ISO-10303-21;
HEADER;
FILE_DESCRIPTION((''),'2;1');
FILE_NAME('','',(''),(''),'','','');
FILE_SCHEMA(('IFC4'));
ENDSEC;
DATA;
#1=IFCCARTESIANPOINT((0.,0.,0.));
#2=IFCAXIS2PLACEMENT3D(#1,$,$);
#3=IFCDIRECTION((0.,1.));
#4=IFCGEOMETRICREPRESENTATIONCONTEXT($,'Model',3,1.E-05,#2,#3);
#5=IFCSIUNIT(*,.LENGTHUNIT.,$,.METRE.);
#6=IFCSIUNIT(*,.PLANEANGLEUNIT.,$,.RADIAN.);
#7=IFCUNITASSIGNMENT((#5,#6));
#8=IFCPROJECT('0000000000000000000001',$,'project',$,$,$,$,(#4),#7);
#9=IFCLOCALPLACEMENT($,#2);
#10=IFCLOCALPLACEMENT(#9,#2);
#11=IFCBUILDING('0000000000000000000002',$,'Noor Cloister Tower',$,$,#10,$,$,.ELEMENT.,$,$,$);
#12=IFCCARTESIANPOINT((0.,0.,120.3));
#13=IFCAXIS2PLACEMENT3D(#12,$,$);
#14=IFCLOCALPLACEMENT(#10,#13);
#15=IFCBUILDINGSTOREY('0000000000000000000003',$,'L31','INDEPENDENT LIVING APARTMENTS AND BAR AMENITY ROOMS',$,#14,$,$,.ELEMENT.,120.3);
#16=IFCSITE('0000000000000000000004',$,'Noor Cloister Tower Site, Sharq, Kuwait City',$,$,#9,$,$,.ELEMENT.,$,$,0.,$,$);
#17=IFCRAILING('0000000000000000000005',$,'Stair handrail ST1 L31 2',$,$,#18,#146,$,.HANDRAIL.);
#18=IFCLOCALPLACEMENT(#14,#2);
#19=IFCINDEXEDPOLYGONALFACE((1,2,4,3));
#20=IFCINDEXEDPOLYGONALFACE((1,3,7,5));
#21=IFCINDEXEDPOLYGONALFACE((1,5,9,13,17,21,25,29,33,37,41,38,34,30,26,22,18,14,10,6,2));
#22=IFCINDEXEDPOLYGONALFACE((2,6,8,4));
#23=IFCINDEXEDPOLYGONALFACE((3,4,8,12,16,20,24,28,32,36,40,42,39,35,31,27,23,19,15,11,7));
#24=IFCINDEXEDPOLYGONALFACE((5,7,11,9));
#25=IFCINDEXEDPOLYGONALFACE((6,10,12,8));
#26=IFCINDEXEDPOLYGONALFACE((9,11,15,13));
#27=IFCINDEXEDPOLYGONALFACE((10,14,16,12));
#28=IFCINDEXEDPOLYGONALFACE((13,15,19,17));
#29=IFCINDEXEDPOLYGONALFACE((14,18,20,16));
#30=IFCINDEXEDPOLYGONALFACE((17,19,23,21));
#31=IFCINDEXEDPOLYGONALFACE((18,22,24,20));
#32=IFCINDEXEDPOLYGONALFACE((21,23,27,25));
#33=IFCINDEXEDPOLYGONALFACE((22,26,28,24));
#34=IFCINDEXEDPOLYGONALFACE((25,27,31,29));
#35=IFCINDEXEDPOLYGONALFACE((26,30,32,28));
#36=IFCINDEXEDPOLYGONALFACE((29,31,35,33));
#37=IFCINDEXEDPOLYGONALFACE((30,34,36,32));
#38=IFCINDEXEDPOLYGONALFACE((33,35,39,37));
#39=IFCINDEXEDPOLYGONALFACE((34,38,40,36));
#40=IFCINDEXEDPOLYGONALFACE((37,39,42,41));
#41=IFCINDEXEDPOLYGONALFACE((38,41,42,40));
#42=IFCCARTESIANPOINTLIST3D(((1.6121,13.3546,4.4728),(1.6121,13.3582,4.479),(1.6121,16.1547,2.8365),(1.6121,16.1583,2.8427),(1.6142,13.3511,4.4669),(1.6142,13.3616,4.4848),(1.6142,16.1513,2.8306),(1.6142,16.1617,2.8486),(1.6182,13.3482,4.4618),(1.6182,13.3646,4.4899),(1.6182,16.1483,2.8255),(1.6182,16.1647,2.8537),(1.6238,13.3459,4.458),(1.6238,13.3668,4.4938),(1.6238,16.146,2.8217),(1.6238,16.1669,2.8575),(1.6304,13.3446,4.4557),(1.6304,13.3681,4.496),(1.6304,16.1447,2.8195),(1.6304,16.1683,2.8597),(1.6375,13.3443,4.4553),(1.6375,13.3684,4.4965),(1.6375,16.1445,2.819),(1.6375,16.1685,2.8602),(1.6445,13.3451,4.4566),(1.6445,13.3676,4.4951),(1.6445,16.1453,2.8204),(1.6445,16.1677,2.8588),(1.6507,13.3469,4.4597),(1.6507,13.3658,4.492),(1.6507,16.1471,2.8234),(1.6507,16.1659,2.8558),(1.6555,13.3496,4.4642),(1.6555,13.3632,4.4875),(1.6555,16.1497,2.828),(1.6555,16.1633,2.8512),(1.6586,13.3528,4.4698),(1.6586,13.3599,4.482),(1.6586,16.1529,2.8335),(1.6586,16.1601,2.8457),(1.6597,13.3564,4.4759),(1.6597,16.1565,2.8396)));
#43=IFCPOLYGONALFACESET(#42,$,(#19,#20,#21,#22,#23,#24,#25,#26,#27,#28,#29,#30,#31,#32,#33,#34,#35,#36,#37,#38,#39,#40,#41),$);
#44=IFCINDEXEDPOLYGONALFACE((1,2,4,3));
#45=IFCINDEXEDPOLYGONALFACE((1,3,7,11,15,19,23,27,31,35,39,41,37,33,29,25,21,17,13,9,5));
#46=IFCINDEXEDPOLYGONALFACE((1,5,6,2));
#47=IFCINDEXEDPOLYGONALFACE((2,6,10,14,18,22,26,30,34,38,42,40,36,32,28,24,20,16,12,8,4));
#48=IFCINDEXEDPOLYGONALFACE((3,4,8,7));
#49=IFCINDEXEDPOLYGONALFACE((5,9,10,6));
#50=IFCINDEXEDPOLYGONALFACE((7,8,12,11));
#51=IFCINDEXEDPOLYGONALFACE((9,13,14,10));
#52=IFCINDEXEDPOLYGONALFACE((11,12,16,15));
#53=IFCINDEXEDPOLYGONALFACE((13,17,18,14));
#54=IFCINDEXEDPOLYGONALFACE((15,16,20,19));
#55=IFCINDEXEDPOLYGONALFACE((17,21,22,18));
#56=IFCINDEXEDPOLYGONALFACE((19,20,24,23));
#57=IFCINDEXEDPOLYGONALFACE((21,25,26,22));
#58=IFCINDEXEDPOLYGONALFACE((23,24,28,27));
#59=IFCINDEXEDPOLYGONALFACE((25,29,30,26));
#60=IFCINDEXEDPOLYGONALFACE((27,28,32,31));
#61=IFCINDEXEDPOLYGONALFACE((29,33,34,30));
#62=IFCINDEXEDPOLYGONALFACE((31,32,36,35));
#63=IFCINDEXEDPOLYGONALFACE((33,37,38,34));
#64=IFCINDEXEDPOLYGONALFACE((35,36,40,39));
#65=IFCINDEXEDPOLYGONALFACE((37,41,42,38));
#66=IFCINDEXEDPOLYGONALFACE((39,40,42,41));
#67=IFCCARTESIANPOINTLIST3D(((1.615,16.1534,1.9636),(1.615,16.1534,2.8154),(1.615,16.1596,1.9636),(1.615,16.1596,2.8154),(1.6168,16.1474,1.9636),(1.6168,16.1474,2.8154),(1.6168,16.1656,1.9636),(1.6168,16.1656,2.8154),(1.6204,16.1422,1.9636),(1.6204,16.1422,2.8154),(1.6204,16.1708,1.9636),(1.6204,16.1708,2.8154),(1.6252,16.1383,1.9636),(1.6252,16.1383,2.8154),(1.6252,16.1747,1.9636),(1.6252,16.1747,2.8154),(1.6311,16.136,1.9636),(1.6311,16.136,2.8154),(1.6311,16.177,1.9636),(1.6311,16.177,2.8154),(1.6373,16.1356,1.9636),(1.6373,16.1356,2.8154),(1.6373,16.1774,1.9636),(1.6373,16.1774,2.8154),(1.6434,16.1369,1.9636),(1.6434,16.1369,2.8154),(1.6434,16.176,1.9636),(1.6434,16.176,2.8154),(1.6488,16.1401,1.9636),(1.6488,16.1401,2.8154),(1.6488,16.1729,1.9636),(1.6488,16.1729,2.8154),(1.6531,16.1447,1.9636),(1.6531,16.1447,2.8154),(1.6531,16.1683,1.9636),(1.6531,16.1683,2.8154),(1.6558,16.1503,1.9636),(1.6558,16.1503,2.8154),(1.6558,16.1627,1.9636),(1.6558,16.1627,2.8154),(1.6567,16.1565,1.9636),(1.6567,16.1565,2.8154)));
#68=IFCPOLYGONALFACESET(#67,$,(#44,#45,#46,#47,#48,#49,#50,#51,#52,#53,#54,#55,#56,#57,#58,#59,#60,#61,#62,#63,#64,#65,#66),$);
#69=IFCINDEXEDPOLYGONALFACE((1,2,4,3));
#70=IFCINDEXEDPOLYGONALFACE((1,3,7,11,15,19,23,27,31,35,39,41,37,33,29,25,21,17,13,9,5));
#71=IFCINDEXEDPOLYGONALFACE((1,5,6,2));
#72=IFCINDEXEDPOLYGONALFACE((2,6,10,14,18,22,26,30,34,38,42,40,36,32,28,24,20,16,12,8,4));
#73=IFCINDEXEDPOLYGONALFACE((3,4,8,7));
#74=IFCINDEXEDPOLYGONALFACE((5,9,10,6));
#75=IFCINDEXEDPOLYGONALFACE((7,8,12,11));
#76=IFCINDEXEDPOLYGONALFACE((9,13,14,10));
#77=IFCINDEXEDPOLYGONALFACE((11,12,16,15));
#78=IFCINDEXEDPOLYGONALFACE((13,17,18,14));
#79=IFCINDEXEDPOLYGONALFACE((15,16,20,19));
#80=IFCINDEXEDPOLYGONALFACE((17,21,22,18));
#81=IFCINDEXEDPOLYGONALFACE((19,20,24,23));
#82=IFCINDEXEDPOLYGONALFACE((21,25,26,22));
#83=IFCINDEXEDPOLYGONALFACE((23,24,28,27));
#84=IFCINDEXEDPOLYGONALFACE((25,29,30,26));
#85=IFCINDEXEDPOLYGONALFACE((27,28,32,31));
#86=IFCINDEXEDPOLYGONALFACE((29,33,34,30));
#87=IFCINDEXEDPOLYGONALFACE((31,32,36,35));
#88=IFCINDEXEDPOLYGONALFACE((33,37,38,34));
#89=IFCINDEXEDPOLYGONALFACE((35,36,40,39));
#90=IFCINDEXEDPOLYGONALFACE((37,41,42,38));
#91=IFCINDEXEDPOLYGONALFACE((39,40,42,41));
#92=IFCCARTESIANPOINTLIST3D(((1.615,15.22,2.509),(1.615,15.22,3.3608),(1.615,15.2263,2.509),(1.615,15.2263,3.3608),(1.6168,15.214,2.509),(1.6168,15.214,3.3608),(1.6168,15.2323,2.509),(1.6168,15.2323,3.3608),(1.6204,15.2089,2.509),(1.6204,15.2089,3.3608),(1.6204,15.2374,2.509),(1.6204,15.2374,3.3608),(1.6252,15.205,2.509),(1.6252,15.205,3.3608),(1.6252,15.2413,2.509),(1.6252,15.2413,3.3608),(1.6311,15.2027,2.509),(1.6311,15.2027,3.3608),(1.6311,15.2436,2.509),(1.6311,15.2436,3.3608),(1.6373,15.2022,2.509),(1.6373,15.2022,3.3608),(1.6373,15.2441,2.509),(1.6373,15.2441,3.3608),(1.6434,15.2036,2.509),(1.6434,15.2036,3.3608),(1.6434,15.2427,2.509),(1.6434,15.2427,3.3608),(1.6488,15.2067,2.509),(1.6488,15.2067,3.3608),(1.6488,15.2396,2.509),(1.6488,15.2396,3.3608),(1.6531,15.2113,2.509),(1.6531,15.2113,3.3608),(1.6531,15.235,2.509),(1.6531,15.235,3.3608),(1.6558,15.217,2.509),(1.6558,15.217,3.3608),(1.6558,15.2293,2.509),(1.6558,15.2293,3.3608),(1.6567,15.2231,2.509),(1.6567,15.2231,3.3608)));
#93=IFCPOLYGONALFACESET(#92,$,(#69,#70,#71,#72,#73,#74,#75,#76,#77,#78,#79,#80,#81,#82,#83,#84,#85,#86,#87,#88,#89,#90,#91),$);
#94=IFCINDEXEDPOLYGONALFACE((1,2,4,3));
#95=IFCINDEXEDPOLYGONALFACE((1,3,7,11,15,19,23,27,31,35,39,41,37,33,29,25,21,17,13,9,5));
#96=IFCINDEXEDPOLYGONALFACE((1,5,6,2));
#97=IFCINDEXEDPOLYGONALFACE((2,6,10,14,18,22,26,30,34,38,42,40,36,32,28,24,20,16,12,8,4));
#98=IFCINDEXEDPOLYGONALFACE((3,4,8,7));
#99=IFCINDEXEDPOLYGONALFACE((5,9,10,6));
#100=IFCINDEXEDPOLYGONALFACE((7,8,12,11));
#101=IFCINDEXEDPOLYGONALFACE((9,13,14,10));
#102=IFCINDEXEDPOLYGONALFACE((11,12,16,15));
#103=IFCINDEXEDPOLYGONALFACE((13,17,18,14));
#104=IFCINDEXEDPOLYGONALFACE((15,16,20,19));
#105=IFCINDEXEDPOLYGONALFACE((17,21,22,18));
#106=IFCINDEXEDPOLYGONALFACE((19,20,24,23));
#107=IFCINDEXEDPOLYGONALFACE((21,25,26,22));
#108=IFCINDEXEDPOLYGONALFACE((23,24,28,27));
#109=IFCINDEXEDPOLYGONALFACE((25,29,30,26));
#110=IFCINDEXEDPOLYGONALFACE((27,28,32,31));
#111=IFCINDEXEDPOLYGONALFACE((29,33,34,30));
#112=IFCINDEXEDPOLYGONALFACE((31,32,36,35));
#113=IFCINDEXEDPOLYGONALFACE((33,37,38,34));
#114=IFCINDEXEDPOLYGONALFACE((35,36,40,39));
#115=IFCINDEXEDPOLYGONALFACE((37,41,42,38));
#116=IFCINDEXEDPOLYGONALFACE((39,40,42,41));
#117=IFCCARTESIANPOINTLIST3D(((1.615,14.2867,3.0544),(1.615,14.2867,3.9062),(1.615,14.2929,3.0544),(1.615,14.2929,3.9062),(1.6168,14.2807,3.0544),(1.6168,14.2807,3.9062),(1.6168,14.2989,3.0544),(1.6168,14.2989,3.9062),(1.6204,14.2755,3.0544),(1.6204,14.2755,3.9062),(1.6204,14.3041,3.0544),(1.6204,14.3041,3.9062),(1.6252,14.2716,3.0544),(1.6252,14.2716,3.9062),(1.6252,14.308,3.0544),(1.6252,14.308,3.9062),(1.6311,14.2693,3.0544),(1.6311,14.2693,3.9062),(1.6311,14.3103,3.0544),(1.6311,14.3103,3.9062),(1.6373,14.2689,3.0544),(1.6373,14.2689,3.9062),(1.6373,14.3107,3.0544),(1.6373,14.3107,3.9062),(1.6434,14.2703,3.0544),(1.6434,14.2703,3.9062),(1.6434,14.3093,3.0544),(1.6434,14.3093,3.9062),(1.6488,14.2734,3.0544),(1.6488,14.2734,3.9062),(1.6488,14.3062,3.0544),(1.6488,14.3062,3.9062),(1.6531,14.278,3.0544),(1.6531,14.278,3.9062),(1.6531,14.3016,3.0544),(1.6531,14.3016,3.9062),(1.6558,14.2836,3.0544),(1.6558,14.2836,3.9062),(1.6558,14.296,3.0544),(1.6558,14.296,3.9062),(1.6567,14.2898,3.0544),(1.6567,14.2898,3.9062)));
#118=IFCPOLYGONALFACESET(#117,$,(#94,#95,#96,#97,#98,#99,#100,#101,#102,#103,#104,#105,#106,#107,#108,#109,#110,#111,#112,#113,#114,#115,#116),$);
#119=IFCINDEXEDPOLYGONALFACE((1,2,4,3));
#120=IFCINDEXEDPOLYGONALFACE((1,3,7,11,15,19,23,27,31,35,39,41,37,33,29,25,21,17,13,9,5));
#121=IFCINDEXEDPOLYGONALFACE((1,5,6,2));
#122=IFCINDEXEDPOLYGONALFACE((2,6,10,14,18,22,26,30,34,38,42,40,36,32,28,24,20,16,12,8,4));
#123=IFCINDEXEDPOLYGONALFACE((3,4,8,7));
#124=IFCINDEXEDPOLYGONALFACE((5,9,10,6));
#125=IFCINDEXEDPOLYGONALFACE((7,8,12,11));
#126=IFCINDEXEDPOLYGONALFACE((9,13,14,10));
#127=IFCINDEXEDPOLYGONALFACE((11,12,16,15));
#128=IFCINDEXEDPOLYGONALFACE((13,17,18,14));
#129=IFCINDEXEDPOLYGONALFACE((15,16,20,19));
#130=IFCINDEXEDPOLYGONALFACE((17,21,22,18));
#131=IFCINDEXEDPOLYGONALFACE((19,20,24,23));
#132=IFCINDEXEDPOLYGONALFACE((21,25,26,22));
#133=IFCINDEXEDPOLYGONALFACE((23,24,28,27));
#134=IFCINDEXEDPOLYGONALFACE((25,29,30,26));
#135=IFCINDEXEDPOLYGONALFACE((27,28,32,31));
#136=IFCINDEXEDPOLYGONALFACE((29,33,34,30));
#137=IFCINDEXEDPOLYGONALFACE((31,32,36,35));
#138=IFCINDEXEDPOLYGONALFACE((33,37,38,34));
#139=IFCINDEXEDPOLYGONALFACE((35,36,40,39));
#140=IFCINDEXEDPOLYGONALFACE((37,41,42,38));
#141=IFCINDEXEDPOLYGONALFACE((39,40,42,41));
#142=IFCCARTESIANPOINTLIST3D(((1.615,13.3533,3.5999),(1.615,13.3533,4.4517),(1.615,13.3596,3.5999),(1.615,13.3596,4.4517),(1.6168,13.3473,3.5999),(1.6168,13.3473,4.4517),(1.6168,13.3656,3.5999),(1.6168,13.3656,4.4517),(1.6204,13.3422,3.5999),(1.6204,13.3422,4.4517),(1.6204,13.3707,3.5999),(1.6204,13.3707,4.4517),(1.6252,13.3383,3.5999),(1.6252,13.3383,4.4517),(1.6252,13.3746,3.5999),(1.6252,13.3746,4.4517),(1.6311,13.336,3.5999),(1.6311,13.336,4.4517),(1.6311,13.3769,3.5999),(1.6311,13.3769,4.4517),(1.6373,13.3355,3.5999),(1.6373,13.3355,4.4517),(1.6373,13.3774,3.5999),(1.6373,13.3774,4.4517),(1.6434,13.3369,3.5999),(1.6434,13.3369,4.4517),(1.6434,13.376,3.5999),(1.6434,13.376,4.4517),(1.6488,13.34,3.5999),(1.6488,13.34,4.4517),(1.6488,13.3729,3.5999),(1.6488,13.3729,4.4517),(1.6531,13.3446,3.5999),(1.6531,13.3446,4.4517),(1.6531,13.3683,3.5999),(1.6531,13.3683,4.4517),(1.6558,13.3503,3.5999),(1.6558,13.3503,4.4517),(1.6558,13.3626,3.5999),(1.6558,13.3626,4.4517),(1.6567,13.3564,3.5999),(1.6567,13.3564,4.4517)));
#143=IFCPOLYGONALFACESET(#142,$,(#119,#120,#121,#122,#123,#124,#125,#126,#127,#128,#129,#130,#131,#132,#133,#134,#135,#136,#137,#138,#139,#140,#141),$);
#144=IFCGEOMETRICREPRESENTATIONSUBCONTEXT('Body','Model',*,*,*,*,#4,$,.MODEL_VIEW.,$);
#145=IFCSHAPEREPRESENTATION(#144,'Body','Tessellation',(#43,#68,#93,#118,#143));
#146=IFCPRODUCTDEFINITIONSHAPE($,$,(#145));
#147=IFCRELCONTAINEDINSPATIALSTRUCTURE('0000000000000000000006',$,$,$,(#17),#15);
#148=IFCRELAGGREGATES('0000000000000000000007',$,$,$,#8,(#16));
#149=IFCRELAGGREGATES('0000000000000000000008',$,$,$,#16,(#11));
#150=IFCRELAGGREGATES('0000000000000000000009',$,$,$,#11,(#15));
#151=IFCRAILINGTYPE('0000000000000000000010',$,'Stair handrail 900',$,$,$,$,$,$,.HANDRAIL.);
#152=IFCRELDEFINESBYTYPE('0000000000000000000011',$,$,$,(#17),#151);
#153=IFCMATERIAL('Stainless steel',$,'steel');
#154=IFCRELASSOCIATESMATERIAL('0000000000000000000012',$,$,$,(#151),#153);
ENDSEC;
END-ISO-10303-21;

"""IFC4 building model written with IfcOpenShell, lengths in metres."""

from ifc_helpers import new_model, si_unit, direction, frame, origin, origin_2d, place, context, subcontext, project, spatial, circle, extrude, material, type_object, element, save


model = new_model("IFC4")

# Units and contexts
model_context = context("Model", 3, precision=1e-05, world=origin(), true_north=direction((0.0, 1.0)))
body_context = subcontext(model_context, "Body", "Model", "MODEL_VIEW")
ifc_project = project(units=[si_unit("LENGTHUNIT", "METRE"), si_unit("PLANEANGLEUNIT", "RADIAN")], contexts=[model_context])

# Site, building, storey
site_placement = place(None, origin())
site = spatial("IfcSite", under=ifc_project, at=site_placement, Name="Noor Cloister Tower Site, Sharq, Kuwait City", CompositionType="ELEMENT", RefElevation=0.0)
building_placement = place(site_placement, origin())
building = spatial("IfcBuilding", under=site, at=building_placement, Name="Noor Cloister Tower", CompositionType="ELEMENT")
storey_placement = place(building_placement, frame((0.0, 0.0, 120.3)))
storey = spatial("IfcBuildingStorey", under=building, at=storey_placement, Name="L31", Description="INDEPENDENT LIVING APARTMENTS AND BAR AMENITY ROOMS", CompositionType="ELEMENT", Elevation=120.3)

# Railing
ifc_material_1 = material(Name="Stainless steel", Category="steel")
railing_type_1 = type_object("IfcRailingType", Name="Stair handrail 900", PredefinedType="HANDRAIL", material=ifc_material_1)
railing_1_placement = place(storey_placement, frame((1.6357, 16.1565, 1.9636)))
element("IfcRailing", 1, at=railing_1_placement, inside=storey, type_object=railing_type_1, Name="Stair handrail ST1 L31 2", PredefinedType="HANDRAIL", context=body_context, shape_type="SweptSolid", body=[
    extrude(circle(Radius=0.0239, at=origin_2d()), frame((0.0, 0.0, 0.876), z_axis=(0.0, -0.863394, 0.504531), x_axis=(1.0, 0.0, 0.0)), (0.0, 0.0, 1.0), 3.2432),
    extrude(circle(Radius=0.021, at=origin_2d()), origin(), (0.0, 0.0, 1.0), 0.8518),
    extrude(circle(Radius=0.021, at=origin_2d()), frame((0.0, -0.9333, 0.5454)), (0.0, 0.0, 1.0), 0.8518),
    extrude(circle(Radius=0.021, at=origin_2d()), frame((0.0, -1.8667, 1.0908)), (0.0, 0.0, 1.0), 0.8518),
    extrude(circle(Radius=0.021, at=origin_2d()), frame((0.0, -2.8, 1.6362)), (0.0, 0.0, 1.0), 0.8518),
])

save(model, "model.ifc")
